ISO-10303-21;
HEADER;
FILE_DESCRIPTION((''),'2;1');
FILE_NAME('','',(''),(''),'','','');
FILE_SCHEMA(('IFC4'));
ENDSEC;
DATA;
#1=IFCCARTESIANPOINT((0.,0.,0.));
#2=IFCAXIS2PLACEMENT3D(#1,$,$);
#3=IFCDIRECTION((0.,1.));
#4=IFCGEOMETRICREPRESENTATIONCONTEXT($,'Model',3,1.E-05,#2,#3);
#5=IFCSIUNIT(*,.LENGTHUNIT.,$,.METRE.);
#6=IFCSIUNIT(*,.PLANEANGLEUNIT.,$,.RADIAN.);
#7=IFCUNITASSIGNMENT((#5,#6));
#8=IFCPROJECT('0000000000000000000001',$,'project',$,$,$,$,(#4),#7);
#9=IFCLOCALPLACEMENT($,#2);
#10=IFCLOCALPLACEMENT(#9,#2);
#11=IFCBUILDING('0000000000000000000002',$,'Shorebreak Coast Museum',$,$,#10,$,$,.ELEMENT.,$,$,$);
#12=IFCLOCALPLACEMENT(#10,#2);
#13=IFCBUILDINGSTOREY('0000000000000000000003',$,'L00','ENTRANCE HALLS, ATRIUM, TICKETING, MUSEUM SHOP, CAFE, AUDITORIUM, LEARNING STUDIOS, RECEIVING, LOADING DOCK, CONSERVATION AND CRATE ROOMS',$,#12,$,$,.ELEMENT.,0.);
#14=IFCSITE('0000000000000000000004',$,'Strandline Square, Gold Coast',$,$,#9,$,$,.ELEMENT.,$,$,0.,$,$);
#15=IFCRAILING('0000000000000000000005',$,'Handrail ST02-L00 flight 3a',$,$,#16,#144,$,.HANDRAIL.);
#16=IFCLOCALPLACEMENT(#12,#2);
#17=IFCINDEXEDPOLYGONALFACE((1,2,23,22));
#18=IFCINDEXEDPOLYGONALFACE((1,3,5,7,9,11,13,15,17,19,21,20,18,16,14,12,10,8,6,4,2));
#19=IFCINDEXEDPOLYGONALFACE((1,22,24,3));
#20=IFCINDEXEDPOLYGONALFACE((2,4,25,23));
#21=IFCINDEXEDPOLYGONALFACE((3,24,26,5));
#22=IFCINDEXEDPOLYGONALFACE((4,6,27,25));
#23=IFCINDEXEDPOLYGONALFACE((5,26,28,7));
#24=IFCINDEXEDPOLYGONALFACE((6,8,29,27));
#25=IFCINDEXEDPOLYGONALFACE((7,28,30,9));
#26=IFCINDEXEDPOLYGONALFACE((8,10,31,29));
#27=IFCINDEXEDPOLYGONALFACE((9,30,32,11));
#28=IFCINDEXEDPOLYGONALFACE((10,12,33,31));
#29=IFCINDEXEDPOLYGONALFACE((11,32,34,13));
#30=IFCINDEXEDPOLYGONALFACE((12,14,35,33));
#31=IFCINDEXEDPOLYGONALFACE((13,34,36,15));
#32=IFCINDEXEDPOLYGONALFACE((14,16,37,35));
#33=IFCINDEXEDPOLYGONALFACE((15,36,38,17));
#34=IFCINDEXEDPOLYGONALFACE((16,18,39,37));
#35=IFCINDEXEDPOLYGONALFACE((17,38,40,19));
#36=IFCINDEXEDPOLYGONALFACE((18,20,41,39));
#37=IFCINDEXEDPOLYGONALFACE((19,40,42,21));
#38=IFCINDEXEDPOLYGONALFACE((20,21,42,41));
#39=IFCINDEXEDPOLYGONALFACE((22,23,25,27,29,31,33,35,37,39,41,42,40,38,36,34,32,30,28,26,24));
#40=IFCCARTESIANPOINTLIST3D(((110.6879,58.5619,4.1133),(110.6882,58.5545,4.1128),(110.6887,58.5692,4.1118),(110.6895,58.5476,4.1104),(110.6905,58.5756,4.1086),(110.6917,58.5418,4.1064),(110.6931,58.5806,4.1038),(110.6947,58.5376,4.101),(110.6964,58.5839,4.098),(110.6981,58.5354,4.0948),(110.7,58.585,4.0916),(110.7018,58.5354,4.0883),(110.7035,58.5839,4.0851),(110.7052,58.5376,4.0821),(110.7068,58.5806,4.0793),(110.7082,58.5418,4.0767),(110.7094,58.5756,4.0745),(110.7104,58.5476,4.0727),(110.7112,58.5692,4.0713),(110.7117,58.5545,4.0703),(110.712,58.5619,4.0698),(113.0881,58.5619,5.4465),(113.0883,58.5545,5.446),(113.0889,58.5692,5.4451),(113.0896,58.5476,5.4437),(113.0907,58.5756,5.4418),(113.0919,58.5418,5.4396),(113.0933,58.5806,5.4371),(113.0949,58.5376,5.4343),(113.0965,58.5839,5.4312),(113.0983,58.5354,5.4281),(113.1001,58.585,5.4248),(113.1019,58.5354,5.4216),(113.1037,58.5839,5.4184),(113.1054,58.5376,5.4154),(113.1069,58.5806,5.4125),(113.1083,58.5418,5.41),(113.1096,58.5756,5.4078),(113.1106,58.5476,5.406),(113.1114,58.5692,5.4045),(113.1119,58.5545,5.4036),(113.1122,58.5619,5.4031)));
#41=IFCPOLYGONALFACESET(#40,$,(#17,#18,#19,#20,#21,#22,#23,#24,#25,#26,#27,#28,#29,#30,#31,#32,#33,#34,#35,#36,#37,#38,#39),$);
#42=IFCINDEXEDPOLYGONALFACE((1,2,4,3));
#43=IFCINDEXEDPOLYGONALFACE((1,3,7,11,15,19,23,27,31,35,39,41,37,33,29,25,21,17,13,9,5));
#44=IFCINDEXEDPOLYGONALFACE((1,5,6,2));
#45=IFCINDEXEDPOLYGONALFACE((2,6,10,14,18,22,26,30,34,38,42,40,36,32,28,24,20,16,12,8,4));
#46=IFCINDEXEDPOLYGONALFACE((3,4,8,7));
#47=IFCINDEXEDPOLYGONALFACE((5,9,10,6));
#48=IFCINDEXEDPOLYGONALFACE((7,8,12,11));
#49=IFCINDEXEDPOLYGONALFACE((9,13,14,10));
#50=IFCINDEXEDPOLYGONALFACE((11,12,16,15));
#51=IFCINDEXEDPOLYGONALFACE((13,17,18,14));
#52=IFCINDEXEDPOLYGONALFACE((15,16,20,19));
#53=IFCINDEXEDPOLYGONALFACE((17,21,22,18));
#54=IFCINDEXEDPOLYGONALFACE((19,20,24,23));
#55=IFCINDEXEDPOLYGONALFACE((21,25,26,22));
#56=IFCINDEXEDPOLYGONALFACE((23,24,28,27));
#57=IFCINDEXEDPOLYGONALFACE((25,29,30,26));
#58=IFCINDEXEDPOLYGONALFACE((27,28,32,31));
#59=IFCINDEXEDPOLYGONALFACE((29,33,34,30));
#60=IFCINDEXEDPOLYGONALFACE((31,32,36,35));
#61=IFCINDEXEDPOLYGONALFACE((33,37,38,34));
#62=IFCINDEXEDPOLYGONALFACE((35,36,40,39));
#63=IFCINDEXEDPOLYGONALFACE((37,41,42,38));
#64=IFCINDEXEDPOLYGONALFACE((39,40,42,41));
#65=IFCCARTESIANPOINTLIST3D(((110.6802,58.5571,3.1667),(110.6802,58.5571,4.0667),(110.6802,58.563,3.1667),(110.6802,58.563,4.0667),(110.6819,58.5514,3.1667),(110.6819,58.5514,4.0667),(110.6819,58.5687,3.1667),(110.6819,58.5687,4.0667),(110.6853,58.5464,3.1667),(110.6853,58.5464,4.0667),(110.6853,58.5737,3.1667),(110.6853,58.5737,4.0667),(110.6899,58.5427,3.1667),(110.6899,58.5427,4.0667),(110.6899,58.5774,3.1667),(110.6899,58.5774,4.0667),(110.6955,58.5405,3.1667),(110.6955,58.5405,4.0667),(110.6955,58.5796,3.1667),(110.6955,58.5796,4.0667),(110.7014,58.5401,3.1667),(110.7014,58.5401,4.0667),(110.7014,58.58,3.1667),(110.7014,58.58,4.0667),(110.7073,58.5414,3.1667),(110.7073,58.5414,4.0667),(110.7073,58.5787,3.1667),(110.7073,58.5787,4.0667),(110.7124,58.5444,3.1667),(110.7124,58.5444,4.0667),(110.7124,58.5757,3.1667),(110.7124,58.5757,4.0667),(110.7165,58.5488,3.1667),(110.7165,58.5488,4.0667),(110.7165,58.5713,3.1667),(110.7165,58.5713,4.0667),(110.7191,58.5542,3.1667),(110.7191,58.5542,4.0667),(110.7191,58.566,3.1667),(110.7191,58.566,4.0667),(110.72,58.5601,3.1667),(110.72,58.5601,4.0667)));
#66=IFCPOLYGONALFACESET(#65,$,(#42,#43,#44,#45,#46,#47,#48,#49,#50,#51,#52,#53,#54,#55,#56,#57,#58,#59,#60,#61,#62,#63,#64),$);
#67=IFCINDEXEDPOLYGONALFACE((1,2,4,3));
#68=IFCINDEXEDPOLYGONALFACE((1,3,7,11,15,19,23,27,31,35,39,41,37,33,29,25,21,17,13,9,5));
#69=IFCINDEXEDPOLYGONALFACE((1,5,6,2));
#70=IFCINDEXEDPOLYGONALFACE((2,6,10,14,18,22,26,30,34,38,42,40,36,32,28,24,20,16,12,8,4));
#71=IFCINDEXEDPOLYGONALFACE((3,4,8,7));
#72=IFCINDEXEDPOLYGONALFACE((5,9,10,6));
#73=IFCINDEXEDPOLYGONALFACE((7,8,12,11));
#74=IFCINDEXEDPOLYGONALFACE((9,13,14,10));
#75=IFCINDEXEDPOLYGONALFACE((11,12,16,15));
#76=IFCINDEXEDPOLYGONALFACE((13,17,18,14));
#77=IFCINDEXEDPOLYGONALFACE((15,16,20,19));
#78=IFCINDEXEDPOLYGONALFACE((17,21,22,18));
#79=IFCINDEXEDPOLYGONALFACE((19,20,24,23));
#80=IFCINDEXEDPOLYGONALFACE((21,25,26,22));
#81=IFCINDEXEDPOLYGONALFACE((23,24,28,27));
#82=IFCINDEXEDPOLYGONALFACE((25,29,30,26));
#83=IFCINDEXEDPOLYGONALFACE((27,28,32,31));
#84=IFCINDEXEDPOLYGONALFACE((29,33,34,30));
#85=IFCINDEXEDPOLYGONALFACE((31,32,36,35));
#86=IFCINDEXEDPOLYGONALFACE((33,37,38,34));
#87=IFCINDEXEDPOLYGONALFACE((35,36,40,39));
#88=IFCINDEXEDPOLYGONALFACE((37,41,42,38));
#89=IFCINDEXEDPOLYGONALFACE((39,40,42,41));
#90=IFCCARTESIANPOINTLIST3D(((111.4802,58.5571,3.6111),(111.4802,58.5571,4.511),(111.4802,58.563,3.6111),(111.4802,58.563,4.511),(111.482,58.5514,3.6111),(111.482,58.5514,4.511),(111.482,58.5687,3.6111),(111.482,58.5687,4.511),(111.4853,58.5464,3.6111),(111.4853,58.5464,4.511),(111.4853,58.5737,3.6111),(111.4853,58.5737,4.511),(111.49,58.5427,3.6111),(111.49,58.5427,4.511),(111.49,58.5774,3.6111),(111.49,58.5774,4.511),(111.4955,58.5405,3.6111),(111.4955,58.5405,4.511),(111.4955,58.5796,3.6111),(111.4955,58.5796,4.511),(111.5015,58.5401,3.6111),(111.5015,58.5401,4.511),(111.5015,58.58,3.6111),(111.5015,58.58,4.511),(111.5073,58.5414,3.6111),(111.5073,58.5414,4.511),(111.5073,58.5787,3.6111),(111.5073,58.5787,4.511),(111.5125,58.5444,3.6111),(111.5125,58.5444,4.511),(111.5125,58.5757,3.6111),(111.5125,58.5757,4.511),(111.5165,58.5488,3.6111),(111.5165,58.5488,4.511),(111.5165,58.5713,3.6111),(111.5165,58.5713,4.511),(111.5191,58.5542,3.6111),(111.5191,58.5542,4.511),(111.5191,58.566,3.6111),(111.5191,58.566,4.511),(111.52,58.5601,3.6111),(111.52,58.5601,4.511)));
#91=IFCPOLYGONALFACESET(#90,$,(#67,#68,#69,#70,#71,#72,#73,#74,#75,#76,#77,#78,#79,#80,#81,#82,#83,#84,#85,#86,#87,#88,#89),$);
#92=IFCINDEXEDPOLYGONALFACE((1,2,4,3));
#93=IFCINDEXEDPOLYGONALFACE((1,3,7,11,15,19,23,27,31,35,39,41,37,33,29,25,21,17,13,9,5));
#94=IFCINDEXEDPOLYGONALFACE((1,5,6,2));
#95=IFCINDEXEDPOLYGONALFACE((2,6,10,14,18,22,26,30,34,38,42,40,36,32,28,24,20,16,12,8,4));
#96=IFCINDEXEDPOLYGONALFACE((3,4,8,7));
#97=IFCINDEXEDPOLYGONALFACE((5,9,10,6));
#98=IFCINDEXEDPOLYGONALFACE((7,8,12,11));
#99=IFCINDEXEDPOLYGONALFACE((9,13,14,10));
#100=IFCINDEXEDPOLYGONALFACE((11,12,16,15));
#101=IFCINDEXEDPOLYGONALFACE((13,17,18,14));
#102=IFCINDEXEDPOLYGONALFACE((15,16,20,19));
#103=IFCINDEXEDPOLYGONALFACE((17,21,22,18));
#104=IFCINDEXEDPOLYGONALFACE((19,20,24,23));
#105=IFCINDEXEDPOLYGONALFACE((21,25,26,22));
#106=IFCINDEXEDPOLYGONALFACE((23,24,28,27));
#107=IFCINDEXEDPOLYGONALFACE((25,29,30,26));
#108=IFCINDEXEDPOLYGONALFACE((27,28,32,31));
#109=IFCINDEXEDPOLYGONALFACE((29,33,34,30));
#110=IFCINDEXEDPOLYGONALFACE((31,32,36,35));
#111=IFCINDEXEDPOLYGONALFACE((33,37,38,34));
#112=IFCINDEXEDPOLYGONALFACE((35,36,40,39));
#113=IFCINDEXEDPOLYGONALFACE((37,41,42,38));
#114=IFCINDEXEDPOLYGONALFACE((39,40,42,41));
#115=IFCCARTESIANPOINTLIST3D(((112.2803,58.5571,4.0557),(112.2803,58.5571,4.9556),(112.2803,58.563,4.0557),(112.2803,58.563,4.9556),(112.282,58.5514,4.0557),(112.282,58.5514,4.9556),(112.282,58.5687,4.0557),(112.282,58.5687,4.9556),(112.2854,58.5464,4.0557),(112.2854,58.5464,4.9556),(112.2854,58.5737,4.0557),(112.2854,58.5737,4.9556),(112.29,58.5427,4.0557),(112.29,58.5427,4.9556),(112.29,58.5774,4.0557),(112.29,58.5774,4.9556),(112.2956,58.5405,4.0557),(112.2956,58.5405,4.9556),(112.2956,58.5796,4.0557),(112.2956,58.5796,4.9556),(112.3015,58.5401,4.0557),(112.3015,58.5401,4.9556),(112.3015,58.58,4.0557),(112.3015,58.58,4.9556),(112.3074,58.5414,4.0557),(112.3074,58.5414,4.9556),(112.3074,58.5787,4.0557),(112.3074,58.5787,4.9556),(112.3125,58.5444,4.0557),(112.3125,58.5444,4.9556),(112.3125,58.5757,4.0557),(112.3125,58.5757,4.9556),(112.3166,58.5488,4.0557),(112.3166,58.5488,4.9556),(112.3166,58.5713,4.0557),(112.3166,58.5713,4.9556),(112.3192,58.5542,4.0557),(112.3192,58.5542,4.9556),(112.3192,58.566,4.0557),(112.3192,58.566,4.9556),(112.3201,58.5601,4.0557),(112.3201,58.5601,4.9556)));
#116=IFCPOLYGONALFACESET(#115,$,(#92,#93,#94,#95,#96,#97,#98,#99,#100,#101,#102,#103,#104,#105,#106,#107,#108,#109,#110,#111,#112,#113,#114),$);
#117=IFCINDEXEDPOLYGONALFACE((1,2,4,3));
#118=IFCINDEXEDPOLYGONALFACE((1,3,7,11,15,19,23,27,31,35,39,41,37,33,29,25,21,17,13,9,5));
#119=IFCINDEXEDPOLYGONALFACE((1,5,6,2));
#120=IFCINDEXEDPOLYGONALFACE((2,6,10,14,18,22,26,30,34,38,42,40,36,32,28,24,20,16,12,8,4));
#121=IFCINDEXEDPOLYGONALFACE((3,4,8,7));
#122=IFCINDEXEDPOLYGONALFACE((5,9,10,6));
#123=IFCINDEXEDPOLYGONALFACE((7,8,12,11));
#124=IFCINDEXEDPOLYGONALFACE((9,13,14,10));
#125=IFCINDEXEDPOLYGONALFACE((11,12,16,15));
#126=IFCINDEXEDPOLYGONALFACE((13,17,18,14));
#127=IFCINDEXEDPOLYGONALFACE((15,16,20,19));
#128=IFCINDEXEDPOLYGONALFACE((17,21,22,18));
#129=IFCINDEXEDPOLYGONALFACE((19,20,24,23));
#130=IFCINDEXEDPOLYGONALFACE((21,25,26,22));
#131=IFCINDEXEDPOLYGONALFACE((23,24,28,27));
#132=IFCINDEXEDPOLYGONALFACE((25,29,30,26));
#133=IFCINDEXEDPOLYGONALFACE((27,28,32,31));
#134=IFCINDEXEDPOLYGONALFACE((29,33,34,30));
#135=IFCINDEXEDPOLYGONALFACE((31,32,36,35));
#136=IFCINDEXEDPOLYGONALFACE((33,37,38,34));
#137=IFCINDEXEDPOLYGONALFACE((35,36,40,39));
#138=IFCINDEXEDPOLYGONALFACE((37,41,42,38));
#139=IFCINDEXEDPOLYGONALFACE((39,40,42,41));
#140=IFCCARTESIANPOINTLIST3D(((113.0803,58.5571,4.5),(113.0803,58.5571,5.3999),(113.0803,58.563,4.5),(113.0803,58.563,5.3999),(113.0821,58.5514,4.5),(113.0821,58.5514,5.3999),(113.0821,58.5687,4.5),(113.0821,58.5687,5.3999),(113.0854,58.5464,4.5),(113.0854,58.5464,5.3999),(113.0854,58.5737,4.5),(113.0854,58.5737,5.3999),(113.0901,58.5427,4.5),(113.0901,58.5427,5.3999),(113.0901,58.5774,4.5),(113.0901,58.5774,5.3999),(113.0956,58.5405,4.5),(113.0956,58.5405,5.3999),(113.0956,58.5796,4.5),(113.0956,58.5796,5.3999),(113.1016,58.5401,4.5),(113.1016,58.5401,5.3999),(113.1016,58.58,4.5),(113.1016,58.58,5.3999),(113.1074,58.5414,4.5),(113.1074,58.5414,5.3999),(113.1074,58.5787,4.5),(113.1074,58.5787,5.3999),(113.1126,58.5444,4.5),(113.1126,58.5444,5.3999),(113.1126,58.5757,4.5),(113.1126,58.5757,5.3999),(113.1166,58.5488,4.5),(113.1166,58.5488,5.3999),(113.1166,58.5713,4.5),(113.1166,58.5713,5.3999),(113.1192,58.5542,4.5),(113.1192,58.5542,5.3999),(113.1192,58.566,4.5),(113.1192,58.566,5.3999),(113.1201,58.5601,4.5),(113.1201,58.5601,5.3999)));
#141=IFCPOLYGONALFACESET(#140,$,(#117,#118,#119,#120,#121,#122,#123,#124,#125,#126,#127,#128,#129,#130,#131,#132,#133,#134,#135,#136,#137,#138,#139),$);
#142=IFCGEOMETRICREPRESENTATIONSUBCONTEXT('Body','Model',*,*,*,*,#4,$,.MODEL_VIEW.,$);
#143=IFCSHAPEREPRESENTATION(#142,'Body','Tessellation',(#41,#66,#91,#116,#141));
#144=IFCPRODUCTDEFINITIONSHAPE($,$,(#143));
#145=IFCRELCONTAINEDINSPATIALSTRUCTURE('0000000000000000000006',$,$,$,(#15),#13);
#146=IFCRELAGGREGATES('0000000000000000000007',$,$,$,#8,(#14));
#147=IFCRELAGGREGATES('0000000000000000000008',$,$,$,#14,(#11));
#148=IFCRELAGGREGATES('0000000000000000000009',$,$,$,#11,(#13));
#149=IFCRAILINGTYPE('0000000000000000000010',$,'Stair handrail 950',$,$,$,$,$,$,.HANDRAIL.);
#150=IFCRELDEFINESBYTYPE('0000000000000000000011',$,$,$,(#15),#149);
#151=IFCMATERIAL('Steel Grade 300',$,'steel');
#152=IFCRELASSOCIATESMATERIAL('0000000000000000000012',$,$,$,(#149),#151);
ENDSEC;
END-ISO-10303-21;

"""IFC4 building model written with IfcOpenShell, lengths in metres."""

from ifc_helpers import new_model, si_unit, direction, frame, origin, origin_2d, place, context, subcontext, project, spatial, circle, extrude, material, type_object, element, save


model = new_model("IFC4")

# Units and contexts
model_context = context("Model", 3, precision=1e-05, world=origin(), true_north=direction((0.0, 1.0)))
body_context = subcontext(model_context, "Body", "Model", "MODEL_VIEW")
ifc_project = project(units=[si_unit("LENGTHUNIT", "METRE"), si_unit("PLANEANGLEUNIT", "RADIAN")], contexts=[model_context])

# Site, building, storey
site_placement = place(None, origin())
site = spatial("IfcSite", under=ifc_project, at=site_placement, Name="Strandline Square, Gold Coast", CompositionType="ELEMENT", RefElevation=0.0)
building_placement = place(site_placement, origin())
building = spatial("IfcBuilding", under=site, at=building_placement, Name="Shorebreak Coast Museum", CompositionType="ELEMENT")
storey_placement = place(building_placement, origin())
storey = spatial("IfcBuildingStorey", under=building, at=storey_placement, Name="L00", Description="ENTRANCE HALLS, ATRIUM, TICKETING, MUSEUM SHOP, CAFE, AUDITORIUM, LEARNING STUDIOS, RECEIVING, LOADING DOCK, CONSERVATION AND CRATE ROOMS", CompositionType="ELEMENT", Elevation=0.0)

# Railing
ifc_material_1 = material(Name="Steel Grade 300", Category="steel")
railing_type_1 = type_object("IfcRailingType", Name="Stair handrail 950", PredefinedType="HANDRAIL", material=ifc_material_1)
for number, where, name in (
    (1, (110.7, 58.5601, 3.1667), "Handrail ST02-L00 flight 3a"),
):
    element("IfcRailing", number, at=place(storey_placement, frame(where)), inside=storey, type_object=railing_type_1, Name=name, PredefinedType="HANDRAIL", context=body_context, shape_type="SweptSolid", body=[
        extrude(circle(Radius=0.0249, at=origin_2d()), frame((0.0, 0.0, 0.9248), z_axis=(0.874182, 0.0, 0.485598), x_axis=(0.0, 1.0, 0.0)), (0.0, 0.0, 1.0), 2.7456),
        extrude(circle(Radius=0.02, at=origin_2d()), origin(), (0.0, 0.0, 1.0), 0.8999),
        extrude(circle(Radius=0.02, at=origin_2d()), frame((0.8, 0.0, 0.4443)), (0.0, 0.0, 1.0), 0.8999),
        extrude(circle(Radius=0.02, at=origin_2d()), frame((1.6001, 0.0, 0.8889)), (0.0, 0.0, 1.0), 0.8999),
        extrude(circle(Radius=0.02, at=origin_2d()), frame((2.4001, 0.0, 1.3333)), (0.0, 0.0, 1.0), 0.8999),
    ])

save(model, "model.ifc")
